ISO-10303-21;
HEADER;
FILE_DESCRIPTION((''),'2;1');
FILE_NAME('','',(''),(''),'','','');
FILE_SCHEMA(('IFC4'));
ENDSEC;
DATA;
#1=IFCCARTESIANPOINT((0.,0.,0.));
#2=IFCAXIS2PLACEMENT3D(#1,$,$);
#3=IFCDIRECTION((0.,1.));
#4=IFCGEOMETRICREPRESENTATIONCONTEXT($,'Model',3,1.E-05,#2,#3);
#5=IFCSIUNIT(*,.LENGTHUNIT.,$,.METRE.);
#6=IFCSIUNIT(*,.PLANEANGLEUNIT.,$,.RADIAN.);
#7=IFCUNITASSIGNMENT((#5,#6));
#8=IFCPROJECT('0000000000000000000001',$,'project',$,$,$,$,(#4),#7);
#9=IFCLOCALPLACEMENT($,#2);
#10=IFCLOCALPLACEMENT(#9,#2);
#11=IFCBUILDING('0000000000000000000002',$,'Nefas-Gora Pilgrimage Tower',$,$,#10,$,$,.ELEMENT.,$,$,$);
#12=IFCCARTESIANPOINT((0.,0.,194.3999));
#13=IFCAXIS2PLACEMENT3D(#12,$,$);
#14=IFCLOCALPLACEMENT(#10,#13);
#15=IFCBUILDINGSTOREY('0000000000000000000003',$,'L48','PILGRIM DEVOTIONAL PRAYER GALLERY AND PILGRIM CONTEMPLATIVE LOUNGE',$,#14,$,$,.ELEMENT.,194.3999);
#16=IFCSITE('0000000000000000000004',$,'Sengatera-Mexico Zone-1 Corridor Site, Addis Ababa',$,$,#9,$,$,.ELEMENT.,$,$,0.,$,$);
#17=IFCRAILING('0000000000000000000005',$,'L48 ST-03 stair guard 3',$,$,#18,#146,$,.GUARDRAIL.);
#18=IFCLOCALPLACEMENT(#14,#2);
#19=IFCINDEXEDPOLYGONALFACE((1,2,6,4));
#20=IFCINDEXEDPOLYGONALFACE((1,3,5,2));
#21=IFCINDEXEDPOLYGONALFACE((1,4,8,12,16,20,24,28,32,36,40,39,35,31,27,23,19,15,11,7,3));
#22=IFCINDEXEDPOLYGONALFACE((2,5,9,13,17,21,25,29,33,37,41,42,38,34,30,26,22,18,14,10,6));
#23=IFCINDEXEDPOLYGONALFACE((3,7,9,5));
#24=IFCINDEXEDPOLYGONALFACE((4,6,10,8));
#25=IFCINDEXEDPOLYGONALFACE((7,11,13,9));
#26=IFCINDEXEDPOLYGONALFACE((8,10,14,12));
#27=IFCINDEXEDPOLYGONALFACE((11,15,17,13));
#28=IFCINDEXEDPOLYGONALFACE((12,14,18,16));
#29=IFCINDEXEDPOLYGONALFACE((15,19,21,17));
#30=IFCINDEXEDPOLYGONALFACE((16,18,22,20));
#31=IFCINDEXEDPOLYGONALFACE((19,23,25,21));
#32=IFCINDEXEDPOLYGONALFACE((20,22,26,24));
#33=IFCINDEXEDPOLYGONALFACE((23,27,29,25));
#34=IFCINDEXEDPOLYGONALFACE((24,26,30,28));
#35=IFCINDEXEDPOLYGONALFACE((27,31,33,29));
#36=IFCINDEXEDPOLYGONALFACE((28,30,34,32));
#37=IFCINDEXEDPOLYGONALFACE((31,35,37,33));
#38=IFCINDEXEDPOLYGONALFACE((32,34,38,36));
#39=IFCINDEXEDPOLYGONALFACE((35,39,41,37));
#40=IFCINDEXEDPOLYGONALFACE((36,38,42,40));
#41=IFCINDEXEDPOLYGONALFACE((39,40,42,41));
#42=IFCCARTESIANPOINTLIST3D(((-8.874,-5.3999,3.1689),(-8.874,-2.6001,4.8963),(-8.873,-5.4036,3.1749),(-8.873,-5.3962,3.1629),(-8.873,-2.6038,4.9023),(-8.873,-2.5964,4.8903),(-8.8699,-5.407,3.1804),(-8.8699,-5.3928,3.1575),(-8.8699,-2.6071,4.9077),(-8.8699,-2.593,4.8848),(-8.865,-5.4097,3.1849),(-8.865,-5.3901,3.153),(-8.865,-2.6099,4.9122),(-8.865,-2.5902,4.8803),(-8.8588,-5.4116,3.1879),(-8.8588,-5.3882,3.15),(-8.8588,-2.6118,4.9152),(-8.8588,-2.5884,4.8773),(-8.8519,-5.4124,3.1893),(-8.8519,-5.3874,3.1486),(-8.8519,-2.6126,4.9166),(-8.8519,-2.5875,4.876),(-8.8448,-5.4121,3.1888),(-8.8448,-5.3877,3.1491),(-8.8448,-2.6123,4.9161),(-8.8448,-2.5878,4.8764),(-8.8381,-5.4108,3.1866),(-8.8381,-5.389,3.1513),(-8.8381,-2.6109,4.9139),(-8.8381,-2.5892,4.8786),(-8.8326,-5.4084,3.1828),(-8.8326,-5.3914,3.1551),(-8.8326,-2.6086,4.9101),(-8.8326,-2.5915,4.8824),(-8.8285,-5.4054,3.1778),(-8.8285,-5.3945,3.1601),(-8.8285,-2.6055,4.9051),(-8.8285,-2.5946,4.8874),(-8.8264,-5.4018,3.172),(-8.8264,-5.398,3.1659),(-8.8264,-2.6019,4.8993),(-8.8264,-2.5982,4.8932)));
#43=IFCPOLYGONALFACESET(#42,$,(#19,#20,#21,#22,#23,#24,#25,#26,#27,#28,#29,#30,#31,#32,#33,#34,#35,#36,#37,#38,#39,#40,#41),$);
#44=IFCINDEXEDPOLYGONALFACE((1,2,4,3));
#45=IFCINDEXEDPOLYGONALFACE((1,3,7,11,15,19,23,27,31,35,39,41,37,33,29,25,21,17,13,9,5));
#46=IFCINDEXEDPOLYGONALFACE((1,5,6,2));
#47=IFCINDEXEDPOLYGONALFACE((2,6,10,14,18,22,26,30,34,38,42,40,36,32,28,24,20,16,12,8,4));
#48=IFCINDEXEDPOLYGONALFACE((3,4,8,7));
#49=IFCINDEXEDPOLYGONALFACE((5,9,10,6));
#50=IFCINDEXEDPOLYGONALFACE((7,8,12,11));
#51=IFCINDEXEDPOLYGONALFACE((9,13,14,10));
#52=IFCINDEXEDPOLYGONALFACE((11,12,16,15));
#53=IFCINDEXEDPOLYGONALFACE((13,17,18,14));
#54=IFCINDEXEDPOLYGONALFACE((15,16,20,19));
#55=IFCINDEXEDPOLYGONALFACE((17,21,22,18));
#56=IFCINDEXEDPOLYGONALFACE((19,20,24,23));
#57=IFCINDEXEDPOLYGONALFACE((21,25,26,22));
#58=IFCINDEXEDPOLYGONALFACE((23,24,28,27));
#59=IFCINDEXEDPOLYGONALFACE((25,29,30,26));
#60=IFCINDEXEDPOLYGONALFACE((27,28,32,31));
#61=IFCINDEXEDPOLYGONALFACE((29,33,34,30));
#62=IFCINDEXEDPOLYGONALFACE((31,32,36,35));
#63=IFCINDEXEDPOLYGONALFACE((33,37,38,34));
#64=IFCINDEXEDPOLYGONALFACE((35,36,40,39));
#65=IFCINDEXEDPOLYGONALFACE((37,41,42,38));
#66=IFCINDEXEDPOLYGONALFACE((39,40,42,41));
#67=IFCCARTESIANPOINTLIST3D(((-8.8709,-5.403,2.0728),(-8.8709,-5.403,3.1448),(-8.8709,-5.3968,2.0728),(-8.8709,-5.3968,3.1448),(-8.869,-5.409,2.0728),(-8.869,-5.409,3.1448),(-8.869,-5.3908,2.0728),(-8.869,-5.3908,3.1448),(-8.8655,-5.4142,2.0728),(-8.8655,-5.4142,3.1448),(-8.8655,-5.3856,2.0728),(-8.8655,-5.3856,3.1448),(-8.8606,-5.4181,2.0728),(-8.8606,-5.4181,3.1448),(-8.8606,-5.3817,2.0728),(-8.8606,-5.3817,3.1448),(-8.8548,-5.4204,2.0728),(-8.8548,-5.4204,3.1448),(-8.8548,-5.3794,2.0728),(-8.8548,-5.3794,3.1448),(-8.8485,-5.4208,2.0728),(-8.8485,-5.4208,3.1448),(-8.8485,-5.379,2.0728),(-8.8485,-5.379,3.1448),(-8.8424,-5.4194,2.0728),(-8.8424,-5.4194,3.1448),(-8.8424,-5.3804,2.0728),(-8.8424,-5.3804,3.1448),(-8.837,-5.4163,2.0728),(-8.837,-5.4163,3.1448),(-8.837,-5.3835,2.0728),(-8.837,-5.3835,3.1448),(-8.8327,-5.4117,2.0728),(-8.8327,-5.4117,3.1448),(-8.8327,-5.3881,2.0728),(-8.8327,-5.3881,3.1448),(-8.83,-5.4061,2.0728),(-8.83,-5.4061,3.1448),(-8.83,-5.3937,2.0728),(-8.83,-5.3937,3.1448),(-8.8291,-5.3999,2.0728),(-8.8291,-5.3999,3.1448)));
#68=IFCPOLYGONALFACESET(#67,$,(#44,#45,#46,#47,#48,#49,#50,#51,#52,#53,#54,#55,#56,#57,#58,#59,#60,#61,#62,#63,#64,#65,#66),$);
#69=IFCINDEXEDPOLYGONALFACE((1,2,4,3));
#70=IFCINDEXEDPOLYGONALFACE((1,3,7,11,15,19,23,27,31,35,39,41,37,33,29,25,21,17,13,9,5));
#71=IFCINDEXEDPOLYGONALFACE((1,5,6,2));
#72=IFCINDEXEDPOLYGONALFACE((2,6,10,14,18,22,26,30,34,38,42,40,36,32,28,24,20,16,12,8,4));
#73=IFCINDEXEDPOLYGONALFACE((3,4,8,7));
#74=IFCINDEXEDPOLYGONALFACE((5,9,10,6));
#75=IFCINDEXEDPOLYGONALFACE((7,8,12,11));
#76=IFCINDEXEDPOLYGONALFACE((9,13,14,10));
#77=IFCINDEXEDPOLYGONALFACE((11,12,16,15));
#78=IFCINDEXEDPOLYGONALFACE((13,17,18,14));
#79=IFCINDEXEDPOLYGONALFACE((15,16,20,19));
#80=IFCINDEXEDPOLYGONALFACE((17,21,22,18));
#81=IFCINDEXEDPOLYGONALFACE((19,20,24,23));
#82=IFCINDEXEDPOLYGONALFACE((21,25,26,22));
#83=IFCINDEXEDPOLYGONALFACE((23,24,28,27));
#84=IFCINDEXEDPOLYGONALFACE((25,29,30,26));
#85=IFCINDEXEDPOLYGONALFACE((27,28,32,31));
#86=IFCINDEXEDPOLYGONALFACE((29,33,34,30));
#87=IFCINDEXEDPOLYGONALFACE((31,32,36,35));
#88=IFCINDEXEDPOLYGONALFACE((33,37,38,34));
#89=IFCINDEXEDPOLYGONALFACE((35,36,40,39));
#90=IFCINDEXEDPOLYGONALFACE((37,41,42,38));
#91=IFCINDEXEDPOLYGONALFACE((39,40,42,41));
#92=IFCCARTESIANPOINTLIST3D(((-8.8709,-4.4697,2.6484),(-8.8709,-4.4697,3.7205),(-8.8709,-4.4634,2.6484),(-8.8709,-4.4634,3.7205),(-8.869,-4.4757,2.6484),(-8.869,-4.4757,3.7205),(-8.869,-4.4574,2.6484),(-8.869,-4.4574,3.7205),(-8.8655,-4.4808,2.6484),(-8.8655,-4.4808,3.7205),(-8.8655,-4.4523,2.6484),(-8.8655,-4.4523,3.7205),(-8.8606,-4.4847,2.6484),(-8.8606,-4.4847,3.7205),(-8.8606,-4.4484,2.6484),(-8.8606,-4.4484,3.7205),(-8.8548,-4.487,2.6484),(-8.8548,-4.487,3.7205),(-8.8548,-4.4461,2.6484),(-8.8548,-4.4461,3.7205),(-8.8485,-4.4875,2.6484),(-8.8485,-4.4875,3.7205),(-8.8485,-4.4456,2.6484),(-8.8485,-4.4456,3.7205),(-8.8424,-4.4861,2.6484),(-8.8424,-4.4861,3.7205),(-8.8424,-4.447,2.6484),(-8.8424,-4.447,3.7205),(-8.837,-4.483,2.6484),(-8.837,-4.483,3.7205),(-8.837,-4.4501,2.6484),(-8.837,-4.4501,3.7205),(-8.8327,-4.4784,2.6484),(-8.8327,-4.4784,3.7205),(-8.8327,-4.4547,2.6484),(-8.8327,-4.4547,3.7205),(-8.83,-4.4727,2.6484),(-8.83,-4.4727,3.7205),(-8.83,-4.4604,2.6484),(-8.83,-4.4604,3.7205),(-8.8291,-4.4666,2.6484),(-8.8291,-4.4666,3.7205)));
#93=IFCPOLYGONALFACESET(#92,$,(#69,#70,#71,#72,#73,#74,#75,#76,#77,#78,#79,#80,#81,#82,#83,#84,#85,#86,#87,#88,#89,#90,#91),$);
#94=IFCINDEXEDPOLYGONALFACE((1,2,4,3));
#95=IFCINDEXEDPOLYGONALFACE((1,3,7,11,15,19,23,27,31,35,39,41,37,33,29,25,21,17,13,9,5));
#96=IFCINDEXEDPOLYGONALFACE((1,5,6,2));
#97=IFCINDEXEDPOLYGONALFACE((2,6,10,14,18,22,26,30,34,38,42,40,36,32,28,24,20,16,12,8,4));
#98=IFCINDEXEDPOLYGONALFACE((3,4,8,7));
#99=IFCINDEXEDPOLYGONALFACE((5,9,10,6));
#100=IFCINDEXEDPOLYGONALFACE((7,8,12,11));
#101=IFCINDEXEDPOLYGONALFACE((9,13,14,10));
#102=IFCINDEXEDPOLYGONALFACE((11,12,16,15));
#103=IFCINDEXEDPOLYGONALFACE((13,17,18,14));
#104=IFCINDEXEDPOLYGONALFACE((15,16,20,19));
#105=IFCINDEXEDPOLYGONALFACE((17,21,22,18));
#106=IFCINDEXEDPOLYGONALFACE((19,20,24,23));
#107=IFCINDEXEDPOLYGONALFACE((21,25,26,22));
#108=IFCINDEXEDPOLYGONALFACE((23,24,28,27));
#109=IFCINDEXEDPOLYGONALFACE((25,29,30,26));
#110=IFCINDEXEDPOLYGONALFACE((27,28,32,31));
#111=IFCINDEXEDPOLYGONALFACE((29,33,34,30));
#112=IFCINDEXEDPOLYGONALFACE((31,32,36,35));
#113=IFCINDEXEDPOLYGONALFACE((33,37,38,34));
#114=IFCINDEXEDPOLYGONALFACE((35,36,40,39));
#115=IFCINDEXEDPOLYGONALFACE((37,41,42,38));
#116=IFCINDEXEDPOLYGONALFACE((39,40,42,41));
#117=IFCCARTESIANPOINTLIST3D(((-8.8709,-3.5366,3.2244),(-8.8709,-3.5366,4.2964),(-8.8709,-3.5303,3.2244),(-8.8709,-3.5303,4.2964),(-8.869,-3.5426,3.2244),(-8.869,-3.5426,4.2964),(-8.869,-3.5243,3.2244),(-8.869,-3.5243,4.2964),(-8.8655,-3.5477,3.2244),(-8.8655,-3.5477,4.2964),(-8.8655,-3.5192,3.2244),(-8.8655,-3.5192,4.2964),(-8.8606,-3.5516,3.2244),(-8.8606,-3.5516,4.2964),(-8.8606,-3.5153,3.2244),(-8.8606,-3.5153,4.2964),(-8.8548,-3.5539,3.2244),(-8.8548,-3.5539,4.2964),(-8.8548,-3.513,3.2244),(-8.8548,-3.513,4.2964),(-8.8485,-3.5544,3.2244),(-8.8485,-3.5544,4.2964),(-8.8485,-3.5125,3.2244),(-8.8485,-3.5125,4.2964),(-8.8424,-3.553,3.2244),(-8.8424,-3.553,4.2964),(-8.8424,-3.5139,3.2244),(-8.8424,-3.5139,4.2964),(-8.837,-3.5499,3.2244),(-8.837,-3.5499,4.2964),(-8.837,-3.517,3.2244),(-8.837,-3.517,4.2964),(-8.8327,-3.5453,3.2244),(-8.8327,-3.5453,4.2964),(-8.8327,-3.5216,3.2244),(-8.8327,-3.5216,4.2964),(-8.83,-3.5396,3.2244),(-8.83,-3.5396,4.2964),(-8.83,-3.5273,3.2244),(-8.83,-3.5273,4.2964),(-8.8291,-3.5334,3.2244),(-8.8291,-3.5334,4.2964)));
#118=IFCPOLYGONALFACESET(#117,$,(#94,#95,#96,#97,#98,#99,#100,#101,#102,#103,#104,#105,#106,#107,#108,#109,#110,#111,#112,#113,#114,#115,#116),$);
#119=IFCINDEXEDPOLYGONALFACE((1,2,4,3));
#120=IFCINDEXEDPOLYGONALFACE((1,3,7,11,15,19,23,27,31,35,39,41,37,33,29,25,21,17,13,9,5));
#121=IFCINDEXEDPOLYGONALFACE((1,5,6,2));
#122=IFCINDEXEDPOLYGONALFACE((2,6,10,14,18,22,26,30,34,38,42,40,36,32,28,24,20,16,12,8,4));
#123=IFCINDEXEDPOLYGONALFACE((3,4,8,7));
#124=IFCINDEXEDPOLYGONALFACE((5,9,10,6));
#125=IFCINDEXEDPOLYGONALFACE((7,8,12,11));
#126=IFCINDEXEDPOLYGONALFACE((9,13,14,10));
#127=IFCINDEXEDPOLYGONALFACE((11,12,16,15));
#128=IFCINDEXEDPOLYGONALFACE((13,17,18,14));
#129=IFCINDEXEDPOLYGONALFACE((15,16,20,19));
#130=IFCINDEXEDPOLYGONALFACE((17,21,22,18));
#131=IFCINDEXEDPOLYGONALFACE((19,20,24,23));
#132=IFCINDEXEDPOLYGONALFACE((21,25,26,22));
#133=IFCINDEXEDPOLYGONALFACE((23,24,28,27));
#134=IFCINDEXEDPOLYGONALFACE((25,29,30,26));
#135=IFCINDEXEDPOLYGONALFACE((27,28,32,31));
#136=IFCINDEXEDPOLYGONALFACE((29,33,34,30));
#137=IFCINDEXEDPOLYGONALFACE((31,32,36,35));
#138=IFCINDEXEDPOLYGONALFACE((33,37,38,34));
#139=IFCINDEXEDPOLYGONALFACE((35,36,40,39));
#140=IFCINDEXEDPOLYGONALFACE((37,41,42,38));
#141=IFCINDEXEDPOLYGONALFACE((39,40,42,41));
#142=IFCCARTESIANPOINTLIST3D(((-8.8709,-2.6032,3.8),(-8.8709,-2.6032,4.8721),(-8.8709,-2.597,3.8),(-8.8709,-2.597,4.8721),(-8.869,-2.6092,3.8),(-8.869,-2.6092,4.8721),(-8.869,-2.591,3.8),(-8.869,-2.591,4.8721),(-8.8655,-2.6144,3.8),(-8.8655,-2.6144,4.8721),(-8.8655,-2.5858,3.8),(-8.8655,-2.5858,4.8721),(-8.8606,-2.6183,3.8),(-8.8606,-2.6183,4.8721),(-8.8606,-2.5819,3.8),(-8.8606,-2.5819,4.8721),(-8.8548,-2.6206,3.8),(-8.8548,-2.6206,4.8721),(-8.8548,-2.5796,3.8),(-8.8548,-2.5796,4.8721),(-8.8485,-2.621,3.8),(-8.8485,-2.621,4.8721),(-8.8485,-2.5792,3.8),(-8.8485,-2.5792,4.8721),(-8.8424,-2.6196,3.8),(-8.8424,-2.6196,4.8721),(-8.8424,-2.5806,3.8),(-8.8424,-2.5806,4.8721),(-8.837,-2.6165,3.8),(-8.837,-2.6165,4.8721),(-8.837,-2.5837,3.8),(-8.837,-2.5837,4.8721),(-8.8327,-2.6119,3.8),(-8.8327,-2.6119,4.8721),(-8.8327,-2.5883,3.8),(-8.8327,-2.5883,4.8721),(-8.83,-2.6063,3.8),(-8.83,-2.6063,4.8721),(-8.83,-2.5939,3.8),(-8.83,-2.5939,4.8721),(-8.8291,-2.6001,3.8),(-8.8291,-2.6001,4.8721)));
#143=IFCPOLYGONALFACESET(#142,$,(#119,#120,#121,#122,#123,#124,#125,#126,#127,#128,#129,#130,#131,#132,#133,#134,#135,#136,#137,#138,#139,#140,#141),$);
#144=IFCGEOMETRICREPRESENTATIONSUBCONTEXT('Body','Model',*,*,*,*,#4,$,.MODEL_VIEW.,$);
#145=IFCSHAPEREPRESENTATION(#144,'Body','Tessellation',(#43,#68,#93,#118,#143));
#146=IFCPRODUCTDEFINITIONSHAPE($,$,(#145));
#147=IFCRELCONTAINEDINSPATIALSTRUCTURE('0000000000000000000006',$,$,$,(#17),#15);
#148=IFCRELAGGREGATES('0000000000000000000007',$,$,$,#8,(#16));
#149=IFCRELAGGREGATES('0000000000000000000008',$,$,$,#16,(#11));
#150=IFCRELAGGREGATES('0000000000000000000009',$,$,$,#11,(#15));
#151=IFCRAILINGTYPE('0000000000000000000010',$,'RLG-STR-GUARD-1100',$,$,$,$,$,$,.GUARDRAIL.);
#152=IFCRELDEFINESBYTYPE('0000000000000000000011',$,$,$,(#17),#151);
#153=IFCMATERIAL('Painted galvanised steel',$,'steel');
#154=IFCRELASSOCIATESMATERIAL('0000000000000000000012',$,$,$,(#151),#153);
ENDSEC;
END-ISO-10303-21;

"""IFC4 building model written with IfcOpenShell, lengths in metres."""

from ifc_helpers import new_model, si_unit, direction, frame, origin, origin_2d, place, context, subcontext, project, spatial, circle, extrude, material, type_object, element, save


model = new_model("IFC4")

# Units and contexts
model_context = context("Model", 3, precision=1e-05, world=origin(), true_north=direction((0.0, 1.0)))
body_context = subcontext(model_context, "Body", "Model", "MODEL_VIEW")
ifc_project = project(units=[si_unit("LENGTHUNIT", "METRE"), si_unit("PLANEANGLEUNIT", "RADIAN")], contexts=[model_context])

# Site, building, storey
site_placement = place(None, origin())
site = spatial("IfcSite", under=ifc_project, at=site_placement, Name="Sengatera-Mexico Zone-1 Corridor Site, Addis Ababa", CompositionType="ELEMENT", RefElevation=0.0)
building_placement = place(site_placement, origin())
building = spatial("IfcBuilding", under=site, at=building_placement, Name="Nefas-Gora Pilgrimage Tower", CompositionType="ELEMENT")
storey_placement = place(building_placement, frame((0.0, 0.0, 194.3999)))
storey = spatial("IfcBuildingStorey", under=building, at=storey_placement, Name="L48", Description="PILGRIM DEVOTIONAL PRAYER GALLERY AND PILGRIM CONTEMPLATIVE LOUNGE", CompositionType="ELEMENT", Elevation=194.3999)

# Railing
ifc_material_1 = material(Name="Painted galvanised steel", Category="steel")
railing_type_1 = type_object("IfcRailingType", Name="RLG-STR-GUARD-1100", PredefinedType="GUARDRAIL", material=ifc_material_1)
railing_1_placement = place(storey_placement, frame((-8.8501, -5.3999, 2.0728)))
element("IfcRailing", 1, at=railing_1_placement, inside=storey, type_object=railing_type_1, Name="L48 ST-03 stair guard 3", PredefinedType="GUARDRAIL", context=body_context, shape_type="SweptSolid", body=[
    extrude(circle(Radius=0.0239, at=origin_2d()), frame((0.0, 0.0, 1.0962), z_axis=(0.0, 0.851069, 0.525054), x_axis=(-1.0, 0.0, 0.0)), (0.0, 0.0, 1.0), 3.2898),
    extrude(circle(Radius=0.021, at=origin_2d()), origin(), (0.0, 0.0, 1.0), 1.072),
    extrude(circle(Radius=0.021, at=origin_2d()), frame((0.0, 0.9333, 0.5757)), (0.0, 0.0, 1.0), 1.072),
    extrude(circle(Radius=0.021, at=origin_2d()), frame((0.0, 1.8665, 1.1516)), (0.0, 0.0, 1.0), 1.072),
    extrude(circle(Radius=0.021, at=origin_2d()), frame((0.0, 2.7998, 1.7273)), (0.0, 0.0, 1.0), 1.072),
])

save(model, "model.ifc")
